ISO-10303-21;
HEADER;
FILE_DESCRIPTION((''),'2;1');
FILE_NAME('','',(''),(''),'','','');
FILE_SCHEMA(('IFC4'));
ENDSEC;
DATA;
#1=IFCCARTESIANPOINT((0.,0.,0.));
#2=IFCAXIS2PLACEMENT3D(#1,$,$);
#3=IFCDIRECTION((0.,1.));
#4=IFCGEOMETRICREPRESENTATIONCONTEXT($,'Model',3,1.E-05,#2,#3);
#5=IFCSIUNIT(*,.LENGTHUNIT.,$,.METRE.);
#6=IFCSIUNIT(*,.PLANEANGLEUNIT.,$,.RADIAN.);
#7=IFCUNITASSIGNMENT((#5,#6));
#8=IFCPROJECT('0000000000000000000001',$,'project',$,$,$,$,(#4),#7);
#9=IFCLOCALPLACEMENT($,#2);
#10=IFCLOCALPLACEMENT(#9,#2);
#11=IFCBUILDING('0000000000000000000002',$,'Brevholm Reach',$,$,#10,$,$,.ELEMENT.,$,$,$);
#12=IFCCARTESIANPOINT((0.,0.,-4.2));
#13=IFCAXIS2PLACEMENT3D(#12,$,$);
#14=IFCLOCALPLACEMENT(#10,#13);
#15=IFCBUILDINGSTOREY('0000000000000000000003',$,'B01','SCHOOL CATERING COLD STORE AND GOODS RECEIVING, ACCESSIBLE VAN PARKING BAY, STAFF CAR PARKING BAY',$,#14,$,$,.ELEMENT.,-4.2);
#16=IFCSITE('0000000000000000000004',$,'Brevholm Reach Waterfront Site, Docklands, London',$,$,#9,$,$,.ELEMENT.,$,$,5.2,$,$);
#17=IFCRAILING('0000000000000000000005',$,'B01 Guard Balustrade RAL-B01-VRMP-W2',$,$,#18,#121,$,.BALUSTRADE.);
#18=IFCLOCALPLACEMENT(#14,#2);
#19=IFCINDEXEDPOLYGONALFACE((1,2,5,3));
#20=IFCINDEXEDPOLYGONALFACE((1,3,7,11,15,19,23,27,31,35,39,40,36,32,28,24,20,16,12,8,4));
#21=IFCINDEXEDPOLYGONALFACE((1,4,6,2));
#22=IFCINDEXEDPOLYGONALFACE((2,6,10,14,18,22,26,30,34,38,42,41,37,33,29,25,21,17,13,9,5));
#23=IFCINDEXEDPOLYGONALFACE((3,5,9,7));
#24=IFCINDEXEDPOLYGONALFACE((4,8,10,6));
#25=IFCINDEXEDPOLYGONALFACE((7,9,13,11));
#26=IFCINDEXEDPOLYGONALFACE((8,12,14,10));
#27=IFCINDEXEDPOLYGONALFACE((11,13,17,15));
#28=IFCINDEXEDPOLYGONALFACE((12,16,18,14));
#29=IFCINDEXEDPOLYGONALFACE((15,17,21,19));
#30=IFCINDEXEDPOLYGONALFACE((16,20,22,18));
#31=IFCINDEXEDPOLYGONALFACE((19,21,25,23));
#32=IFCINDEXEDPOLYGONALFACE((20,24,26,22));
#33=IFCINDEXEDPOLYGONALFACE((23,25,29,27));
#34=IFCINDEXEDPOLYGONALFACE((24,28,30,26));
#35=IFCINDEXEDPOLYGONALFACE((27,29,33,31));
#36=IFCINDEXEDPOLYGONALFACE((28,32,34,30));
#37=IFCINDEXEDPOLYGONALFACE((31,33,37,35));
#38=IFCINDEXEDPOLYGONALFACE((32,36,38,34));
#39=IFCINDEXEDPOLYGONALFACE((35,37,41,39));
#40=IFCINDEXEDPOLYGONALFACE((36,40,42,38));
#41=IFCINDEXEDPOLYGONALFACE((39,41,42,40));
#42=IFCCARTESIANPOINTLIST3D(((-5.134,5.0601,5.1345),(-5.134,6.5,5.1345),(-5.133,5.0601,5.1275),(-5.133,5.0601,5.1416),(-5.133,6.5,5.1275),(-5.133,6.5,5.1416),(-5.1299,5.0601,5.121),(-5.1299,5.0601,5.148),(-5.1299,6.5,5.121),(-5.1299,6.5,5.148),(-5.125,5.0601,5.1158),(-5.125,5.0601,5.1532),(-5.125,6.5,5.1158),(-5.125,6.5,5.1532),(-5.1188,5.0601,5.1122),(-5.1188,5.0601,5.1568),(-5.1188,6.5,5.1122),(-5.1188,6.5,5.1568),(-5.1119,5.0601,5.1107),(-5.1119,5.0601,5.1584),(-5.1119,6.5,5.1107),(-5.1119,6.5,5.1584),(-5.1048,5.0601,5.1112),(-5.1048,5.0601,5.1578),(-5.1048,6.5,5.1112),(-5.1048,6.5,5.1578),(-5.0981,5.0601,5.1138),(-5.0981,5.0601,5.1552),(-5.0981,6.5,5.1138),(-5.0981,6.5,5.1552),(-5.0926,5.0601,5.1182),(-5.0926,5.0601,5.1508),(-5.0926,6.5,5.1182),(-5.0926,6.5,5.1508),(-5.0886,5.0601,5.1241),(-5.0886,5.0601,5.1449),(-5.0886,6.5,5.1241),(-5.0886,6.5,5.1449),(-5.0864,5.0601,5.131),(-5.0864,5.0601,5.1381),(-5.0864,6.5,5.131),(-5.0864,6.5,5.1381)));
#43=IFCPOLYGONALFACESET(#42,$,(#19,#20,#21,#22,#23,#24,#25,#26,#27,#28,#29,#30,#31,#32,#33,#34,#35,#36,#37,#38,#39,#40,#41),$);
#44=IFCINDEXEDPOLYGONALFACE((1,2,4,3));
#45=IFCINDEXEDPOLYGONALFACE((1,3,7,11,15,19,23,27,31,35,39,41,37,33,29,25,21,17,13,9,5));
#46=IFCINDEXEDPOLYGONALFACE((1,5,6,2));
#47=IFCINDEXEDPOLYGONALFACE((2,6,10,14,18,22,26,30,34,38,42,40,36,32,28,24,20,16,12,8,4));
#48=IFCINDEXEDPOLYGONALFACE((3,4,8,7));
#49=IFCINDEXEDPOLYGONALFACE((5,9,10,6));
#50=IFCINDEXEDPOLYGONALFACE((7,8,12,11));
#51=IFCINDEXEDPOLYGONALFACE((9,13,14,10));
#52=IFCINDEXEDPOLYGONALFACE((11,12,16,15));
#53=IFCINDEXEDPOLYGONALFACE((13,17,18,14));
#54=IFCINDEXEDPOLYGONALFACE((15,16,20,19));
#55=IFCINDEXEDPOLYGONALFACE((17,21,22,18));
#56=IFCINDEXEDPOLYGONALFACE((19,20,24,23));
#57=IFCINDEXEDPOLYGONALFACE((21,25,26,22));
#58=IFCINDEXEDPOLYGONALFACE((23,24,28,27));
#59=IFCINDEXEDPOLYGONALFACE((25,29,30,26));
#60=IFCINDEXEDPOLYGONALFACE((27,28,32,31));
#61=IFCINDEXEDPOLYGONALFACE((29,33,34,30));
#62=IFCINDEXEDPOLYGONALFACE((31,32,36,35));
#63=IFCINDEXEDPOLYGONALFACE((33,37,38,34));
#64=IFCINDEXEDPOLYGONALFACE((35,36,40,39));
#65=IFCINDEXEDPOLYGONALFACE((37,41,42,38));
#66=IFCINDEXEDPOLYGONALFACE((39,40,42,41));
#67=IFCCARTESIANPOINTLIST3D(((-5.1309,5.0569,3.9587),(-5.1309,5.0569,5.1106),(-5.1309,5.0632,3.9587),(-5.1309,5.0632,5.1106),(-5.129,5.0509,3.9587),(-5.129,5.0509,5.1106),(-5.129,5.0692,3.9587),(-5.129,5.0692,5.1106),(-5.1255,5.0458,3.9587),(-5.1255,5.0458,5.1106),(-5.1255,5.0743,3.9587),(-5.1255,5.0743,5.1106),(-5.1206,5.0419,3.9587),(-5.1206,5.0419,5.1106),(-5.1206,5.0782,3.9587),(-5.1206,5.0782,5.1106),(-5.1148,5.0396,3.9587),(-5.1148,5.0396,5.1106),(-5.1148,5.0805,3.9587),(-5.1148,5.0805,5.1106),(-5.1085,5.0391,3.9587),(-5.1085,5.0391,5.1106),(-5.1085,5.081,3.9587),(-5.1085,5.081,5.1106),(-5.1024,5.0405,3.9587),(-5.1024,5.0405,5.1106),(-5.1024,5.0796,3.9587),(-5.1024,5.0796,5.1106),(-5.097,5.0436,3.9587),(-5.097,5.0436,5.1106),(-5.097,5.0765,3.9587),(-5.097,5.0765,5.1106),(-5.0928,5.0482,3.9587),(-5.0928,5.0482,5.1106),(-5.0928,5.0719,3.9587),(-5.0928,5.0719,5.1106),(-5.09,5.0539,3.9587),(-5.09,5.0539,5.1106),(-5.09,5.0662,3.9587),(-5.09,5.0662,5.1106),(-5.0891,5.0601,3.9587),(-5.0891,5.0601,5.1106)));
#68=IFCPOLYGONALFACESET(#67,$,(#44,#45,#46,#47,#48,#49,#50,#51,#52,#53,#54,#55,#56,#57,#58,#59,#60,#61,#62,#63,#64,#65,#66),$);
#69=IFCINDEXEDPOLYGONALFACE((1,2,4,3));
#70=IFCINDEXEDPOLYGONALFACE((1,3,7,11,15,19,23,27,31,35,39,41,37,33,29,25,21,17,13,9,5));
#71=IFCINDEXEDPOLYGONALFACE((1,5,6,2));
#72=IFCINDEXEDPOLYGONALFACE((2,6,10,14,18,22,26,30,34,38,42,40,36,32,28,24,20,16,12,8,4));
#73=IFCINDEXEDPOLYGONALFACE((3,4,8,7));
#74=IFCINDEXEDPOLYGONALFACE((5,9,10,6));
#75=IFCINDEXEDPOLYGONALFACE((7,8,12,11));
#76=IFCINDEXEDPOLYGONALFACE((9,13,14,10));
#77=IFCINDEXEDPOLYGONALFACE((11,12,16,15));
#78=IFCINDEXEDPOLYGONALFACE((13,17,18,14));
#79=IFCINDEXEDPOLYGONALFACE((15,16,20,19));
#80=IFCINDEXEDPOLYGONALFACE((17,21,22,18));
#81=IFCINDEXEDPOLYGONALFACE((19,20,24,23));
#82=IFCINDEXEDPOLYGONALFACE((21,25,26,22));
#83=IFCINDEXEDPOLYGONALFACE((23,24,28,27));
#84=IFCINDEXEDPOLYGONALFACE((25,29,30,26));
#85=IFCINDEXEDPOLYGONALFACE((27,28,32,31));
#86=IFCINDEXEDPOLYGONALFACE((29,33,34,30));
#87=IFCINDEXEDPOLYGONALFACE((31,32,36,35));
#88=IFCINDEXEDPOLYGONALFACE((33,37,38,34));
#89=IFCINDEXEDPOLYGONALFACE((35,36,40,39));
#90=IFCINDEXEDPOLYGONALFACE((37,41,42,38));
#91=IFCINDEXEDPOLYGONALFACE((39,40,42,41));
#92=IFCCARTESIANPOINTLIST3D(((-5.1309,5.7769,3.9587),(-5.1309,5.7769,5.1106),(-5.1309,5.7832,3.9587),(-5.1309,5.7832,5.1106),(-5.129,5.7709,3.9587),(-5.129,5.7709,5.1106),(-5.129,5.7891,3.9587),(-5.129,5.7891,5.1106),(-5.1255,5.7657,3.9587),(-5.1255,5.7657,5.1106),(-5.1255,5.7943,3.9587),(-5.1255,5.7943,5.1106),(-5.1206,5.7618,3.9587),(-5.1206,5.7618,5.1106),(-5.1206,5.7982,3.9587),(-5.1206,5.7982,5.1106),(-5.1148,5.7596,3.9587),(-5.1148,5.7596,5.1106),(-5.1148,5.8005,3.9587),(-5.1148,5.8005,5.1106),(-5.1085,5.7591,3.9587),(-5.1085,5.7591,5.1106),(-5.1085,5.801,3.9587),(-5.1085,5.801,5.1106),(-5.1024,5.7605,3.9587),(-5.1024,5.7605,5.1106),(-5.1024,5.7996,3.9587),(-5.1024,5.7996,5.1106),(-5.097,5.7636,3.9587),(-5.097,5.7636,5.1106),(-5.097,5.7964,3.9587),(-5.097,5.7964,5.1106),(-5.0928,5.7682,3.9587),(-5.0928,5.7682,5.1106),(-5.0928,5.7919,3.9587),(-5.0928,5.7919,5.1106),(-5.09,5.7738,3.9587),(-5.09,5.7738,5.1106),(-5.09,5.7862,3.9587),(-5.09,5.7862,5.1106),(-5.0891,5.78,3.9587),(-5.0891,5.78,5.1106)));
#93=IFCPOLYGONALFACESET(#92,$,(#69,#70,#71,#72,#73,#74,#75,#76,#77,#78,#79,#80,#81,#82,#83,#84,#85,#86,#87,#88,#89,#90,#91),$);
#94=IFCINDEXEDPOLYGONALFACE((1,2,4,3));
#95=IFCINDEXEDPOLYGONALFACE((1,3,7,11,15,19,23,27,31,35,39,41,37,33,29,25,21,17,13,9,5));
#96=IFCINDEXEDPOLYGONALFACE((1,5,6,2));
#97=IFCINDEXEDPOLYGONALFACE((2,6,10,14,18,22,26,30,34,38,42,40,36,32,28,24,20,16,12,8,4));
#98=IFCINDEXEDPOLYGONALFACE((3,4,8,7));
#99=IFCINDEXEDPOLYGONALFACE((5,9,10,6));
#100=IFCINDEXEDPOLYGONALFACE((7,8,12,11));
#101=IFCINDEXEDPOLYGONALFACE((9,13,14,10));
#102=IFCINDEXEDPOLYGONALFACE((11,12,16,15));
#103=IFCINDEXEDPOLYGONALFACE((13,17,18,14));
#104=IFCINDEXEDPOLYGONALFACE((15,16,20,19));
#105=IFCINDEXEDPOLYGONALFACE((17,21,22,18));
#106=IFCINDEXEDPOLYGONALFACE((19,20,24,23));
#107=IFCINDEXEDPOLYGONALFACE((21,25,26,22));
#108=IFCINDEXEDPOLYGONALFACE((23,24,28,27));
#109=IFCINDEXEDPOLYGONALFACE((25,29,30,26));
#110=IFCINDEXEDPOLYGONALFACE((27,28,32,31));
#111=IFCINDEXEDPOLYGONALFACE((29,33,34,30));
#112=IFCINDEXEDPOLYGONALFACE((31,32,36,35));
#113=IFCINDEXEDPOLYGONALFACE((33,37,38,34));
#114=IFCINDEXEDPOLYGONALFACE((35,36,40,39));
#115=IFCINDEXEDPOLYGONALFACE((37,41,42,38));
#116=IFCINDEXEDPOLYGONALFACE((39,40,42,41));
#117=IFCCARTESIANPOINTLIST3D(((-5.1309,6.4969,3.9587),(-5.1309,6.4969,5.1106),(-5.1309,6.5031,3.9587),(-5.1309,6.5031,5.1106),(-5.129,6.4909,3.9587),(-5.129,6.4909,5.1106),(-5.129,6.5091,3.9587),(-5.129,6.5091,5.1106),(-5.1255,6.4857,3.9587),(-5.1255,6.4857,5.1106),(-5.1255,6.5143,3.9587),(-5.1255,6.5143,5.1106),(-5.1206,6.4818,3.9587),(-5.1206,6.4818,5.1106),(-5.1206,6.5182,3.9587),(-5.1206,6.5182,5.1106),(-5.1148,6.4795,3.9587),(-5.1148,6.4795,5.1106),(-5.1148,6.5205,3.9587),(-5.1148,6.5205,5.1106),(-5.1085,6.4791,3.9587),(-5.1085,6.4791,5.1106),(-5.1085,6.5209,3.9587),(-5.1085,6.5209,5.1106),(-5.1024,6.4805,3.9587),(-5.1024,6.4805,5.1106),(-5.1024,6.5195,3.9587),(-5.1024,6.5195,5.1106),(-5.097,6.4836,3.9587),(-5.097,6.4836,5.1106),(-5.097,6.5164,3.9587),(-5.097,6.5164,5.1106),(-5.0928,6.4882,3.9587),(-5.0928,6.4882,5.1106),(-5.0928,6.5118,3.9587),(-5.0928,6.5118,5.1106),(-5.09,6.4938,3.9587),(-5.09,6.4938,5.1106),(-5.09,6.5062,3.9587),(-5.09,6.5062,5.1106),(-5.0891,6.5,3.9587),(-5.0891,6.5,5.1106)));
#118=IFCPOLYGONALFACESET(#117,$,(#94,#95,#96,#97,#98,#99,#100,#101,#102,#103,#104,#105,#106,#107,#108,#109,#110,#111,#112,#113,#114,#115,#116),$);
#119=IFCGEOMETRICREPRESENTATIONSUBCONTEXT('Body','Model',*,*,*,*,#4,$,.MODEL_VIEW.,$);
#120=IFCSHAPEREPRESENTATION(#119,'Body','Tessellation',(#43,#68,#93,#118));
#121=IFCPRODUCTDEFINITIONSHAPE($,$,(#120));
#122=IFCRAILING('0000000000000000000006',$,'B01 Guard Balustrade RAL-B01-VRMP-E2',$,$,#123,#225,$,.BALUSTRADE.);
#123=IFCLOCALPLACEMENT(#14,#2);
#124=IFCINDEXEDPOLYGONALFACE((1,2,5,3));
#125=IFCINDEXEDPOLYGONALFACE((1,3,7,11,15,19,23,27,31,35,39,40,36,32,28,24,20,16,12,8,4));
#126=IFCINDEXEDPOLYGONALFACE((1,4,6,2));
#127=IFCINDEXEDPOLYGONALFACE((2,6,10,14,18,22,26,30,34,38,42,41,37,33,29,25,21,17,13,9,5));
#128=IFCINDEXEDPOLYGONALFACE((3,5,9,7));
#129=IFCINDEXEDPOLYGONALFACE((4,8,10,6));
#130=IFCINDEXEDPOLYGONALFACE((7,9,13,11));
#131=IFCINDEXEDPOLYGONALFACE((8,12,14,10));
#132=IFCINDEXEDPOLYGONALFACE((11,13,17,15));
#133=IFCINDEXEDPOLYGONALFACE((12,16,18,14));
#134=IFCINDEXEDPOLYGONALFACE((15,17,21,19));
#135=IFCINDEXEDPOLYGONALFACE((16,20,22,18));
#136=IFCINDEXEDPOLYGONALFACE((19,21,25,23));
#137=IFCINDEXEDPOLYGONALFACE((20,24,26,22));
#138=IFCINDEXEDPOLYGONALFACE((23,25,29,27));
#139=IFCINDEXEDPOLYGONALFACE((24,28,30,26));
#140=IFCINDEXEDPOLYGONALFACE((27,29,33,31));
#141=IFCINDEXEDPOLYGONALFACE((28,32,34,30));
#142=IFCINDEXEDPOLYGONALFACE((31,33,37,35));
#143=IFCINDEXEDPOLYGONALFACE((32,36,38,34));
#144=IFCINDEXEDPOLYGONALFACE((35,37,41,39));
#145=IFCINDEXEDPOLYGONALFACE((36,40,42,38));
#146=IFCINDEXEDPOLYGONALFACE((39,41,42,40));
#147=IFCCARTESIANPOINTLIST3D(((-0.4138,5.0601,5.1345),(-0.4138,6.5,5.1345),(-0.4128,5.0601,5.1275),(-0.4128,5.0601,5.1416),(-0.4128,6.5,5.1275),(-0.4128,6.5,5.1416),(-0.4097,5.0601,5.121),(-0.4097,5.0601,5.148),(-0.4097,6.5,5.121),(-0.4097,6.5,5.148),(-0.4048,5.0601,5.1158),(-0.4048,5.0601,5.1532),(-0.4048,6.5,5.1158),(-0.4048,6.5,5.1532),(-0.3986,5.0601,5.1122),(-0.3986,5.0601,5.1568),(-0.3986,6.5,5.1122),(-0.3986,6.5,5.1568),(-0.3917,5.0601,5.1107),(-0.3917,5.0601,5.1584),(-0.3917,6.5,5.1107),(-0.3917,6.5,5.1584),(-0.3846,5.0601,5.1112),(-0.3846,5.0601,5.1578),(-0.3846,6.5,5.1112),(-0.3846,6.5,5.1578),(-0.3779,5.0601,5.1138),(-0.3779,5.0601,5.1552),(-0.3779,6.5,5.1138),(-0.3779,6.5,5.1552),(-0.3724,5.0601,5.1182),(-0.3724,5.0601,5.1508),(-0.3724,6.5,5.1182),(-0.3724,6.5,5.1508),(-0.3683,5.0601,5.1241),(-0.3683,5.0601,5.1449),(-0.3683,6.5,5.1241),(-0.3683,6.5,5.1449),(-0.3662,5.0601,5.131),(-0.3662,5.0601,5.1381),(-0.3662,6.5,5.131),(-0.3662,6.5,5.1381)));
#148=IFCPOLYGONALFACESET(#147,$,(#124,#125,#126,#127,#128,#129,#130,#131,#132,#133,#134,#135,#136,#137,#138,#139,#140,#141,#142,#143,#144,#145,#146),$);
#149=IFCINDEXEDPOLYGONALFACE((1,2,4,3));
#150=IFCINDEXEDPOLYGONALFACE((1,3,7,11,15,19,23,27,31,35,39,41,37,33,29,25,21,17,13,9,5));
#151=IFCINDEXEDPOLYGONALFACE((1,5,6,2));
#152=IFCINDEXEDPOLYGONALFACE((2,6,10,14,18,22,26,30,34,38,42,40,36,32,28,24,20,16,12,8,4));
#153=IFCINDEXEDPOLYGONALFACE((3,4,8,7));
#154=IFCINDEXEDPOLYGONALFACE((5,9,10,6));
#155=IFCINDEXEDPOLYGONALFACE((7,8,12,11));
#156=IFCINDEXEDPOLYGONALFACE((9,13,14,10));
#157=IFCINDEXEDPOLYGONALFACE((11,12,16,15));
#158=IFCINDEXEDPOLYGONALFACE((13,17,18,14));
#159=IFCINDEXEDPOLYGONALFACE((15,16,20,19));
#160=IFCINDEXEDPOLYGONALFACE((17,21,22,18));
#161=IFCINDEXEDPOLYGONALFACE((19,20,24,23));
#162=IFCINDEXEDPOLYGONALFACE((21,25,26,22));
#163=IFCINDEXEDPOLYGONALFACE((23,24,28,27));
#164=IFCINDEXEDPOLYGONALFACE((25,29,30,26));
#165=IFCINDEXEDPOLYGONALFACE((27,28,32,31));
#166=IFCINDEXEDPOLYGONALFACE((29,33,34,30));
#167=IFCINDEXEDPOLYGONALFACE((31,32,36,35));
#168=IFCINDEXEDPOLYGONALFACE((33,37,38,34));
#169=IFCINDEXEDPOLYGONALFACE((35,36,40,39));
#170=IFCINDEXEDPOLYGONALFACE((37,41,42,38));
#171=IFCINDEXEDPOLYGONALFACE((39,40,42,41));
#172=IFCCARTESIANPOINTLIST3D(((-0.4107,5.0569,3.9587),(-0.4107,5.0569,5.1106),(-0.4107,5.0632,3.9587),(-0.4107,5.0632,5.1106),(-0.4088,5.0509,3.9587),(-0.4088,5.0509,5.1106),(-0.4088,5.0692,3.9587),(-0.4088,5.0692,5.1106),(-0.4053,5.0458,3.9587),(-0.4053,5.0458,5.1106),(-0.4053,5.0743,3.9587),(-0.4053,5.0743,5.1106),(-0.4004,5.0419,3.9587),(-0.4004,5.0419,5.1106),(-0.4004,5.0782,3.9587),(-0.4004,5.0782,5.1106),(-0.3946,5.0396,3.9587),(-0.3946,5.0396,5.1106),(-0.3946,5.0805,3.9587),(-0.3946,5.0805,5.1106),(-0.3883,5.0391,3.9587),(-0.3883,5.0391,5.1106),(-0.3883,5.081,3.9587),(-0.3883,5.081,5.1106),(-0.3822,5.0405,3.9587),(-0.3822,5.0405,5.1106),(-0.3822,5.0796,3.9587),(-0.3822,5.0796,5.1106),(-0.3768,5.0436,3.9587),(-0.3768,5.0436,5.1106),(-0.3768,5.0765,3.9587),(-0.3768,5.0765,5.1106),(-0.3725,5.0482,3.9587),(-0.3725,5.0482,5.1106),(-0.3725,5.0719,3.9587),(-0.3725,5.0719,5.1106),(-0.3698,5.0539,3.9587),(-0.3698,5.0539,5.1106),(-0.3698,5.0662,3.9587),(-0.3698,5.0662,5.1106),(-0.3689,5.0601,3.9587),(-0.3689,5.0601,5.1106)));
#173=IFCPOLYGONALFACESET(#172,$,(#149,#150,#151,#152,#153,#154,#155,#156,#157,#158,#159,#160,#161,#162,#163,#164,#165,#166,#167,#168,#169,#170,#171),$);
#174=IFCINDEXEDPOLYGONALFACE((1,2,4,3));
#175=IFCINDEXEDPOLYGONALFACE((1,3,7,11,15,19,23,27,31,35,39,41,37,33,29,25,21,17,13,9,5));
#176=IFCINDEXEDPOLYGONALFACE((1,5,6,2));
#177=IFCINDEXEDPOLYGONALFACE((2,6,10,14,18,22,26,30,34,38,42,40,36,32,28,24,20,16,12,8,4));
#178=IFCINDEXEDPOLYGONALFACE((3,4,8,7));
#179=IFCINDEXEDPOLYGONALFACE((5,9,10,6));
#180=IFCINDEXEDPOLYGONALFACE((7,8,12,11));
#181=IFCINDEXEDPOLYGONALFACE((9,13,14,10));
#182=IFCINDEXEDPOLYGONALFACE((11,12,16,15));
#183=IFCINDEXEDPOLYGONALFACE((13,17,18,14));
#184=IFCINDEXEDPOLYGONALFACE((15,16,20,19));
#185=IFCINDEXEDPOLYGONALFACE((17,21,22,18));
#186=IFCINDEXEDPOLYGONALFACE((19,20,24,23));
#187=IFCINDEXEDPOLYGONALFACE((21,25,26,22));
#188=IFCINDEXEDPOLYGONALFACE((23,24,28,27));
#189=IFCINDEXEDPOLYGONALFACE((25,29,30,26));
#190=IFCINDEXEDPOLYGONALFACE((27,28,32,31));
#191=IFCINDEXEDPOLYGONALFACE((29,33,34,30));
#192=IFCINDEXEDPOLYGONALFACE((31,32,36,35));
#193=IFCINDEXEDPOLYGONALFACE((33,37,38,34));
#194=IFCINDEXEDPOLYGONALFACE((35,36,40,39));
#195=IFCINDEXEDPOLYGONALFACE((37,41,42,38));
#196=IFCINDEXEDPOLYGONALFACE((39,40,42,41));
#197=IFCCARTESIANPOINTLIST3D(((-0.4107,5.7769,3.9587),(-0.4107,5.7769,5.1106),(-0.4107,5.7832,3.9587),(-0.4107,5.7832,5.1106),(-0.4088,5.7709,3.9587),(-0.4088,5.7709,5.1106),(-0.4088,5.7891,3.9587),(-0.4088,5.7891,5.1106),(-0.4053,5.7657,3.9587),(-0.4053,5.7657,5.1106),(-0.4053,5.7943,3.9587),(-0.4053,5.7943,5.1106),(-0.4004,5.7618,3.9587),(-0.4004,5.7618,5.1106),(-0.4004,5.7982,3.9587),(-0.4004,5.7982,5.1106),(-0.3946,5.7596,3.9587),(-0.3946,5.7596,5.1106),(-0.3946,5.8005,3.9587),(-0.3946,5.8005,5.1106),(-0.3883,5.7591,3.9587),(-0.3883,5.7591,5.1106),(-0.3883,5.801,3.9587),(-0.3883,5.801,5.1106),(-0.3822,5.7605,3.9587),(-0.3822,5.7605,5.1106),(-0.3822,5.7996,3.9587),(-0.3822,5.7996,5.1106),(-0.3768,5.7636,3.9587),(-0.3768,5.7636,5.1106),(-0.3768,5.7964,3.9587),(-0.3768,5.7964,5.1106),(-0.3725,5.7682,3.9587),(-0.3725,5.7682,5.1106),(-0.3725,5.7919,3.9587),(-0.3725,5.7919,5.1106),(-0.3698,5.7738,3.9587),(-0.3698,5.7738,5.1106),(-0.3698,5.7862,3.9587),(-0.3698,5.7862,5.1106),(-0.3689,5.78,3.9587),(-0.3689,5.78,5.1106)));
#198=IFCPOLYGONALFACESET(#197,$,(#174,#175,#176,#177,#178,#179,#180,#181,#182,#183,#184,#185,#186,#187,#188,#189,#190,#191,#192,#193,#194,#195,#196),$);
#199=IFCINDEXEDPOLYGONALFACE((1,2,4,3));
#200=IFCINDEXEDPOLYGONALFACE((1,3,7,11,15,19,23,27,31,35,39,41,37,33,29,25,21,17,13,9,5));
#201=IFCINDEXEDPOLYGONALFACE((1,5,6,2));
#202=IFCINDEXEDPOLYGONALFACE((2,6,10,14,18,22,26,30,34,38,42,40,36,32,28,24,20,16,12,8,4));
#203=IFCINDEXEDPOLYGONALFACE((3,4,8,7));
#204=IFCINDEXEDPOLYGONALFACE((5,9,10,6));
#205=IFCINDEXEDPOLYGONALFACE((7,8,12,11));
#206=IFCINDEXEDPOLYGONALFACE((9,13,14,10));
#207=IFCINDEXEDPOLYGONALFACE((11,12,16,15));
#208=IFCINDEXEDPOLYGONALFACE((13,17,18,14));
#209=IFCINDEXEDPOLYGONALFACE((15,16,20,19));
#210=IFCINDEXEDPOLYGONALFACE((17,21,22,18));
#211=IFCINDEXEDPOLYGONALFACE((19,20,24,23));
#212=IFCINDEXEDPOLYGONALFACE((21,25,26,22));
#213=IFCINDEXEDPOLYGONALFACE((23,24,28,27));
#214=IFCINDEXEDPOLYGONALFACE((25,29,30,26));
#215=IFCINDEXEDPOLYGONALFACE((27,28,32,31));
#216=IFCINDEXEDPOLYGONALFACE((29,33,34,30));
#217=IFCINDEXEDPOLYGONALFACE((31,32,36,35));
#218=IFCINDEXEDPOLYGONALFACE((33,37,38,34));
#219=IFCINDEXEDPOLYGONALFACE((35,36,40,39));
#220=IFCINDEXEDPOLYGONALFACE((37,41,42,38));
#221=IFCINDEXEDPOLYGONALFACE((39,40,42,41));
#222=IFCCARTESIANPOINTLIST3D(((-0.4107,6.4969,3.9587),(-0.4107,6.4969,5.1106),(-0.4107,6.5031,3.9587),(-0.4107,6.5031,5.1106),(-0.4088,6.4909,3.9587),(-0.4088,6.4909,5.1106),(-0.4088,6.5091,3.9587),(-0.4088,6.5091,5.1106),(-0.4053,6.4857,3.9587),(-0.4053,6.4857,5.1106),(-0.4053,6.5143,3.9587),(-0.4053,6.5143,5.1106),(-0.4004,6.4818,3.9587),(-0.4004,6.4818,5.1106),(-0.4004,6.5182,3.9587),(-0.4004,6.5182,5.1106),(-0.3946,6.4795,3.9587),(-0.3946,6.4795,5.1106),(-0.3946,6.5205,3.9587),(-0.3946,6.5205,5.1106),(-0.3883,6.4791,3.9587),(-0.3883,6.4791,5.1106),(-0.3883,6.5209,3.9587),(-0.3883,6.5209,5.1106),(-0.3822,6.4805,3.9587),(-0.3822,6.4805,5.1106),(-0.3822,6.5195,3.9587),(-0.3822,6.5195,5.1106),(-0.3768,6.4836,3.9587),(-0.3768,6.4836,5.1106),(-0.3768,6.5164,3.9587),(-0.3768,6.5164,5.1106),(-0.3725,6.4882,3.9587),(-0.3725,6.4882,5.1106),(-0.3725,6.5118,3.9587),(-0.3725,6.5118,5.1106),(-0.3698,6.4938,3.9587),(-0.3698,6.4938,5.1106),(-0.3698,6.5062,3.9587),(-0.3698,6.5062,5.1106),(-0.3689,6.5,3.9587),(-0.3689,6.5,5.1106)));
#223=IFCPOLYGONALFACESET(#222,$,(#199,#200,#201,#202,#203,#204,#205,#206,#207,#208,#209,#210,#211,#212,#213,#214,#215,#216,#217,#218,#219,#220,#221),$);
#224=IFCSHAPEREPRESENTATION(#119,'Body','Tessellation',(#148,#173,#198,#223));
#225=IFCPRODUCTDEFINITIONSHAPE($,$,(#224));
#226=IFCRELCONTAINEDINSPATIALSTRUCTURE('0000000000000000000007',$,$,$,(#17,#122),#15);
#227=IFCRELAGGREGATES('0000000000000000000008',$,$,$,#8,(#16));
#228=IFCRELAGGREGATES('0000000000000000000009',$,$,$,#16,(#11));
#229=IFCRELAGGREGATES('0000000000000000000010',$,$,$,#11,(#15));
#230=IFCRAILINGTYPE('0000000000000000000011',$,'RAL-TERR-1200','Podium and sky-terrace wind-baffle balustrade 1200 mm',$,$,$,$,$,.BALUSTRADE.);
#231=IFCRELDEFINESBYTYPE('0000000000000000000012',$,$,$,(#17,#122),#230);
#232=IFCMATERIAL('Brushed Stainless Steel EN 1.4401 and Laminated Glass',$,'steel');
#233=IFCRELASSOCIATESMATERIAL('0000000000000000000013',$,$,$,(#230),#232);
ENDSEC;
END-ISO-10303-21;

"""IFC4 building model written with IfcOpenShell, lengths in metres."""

from ifc_helpers import new_model, si_unit, direction, frame, origin, origin_2d, place, context, subcontext, project, spatial, circle, extrude, material, type_object, element, save


model = new_model("IFC4")

# Units and contexts
model_context = context("Model", 3, precision=1e-05, world=origin(), true_north=direction((0.0, 1.0)))
body_context = subcontext(model_context, "Body", "Model", "MODEL_VIEW")
ifc_project = project(units=[si_unit("LENGTHUNIT", "METRE"), si_unit("PLANEANGLEUNIT", "RADIAN")], contexts=[model_context])

# Site, building, storey
site_placement = place(None, origin())
site = spatial("IfcSite", under=ifc_project, at=site_placement, Name="Brevholm Reach Waterfront Site, Docklands, London", CompositionType="ELEMENT", RefElevation=5.2)
building_placement = place(site_placement, origin())
building = spatial("IfcBuilding", under=site, at=building_placement, Name="Brevholm Reach", CompositionType="ELEMENT")
storey_placement = place(building_placement, frame((0.0, 0.0, -4.2)))
storey = spatial("IfcBuildingStorey", under=building, at=storey_placement, Name="B01", Description="SCHOOL CATERING COLD STORE AND GOODS RECEIVING, ACCESSIBLE VAN PARKING BAY, STAFF CAR PARKING BAY", CompositionType="ELEMENT", Elevation=-4.2)

# Railings
ifc_material_1 = material(Name="Brushed Stainless Steel EN 1.4401 and Laminated Glass", Category="steel")
railing_type_1 = type_object("IfcRailingType", Name="RAL-TERR-1200", Description="Podium and sky-terrace wind-baffle balustrade 1200 mm", PredefinedType="BALUSTRADE", material=ifc_material_1)
for number, where, name in (
    (1, (-5.1101, 5.0601, 3.9587), "B01 Guard Balustrade RAL-B01-VRMP-W2"),
    (2, (-0.3899, 5.0601, 3.9587), "B01 Guard Balustrade RAL-B01-VRMP-E2"),
):
    element("IfcRailing", number, at=place(storey_placement, frame(where)), inside=storey, type_object=railing_type_1, Name=name, PredefinedType="BALUSTRADE", context=body_context, shape_type="SweptSolid", body=[
        extrude(circle(Radius=0.0239, at=origin_2d()), frame((0.0, 0.0, 1.1758), z_axis=(0.0, 1.0, 0.0), x_axis=(-1.0, 0.0, 0.0)), (0.0, 0.0, 1.0), 1.4399),
        extrude(circle(Radius=0.021, at=origin_2d()), origin(), (0.0, 0.0, 1.0), 1.1519),
        extrude(circle(Radius=0.021, at=origin_2d()), frame((0.0, 0.72, 0.0)), (0.0, 0.0, 1.0), 1.1519),
        extrude(circle(Radius=0.021, at=origin_2d()), frame((0.0, 1.4399, 0.0)), (0.0, 0.0, 1.0), 1.1519),
    ])

save(model, "model.ifc")
